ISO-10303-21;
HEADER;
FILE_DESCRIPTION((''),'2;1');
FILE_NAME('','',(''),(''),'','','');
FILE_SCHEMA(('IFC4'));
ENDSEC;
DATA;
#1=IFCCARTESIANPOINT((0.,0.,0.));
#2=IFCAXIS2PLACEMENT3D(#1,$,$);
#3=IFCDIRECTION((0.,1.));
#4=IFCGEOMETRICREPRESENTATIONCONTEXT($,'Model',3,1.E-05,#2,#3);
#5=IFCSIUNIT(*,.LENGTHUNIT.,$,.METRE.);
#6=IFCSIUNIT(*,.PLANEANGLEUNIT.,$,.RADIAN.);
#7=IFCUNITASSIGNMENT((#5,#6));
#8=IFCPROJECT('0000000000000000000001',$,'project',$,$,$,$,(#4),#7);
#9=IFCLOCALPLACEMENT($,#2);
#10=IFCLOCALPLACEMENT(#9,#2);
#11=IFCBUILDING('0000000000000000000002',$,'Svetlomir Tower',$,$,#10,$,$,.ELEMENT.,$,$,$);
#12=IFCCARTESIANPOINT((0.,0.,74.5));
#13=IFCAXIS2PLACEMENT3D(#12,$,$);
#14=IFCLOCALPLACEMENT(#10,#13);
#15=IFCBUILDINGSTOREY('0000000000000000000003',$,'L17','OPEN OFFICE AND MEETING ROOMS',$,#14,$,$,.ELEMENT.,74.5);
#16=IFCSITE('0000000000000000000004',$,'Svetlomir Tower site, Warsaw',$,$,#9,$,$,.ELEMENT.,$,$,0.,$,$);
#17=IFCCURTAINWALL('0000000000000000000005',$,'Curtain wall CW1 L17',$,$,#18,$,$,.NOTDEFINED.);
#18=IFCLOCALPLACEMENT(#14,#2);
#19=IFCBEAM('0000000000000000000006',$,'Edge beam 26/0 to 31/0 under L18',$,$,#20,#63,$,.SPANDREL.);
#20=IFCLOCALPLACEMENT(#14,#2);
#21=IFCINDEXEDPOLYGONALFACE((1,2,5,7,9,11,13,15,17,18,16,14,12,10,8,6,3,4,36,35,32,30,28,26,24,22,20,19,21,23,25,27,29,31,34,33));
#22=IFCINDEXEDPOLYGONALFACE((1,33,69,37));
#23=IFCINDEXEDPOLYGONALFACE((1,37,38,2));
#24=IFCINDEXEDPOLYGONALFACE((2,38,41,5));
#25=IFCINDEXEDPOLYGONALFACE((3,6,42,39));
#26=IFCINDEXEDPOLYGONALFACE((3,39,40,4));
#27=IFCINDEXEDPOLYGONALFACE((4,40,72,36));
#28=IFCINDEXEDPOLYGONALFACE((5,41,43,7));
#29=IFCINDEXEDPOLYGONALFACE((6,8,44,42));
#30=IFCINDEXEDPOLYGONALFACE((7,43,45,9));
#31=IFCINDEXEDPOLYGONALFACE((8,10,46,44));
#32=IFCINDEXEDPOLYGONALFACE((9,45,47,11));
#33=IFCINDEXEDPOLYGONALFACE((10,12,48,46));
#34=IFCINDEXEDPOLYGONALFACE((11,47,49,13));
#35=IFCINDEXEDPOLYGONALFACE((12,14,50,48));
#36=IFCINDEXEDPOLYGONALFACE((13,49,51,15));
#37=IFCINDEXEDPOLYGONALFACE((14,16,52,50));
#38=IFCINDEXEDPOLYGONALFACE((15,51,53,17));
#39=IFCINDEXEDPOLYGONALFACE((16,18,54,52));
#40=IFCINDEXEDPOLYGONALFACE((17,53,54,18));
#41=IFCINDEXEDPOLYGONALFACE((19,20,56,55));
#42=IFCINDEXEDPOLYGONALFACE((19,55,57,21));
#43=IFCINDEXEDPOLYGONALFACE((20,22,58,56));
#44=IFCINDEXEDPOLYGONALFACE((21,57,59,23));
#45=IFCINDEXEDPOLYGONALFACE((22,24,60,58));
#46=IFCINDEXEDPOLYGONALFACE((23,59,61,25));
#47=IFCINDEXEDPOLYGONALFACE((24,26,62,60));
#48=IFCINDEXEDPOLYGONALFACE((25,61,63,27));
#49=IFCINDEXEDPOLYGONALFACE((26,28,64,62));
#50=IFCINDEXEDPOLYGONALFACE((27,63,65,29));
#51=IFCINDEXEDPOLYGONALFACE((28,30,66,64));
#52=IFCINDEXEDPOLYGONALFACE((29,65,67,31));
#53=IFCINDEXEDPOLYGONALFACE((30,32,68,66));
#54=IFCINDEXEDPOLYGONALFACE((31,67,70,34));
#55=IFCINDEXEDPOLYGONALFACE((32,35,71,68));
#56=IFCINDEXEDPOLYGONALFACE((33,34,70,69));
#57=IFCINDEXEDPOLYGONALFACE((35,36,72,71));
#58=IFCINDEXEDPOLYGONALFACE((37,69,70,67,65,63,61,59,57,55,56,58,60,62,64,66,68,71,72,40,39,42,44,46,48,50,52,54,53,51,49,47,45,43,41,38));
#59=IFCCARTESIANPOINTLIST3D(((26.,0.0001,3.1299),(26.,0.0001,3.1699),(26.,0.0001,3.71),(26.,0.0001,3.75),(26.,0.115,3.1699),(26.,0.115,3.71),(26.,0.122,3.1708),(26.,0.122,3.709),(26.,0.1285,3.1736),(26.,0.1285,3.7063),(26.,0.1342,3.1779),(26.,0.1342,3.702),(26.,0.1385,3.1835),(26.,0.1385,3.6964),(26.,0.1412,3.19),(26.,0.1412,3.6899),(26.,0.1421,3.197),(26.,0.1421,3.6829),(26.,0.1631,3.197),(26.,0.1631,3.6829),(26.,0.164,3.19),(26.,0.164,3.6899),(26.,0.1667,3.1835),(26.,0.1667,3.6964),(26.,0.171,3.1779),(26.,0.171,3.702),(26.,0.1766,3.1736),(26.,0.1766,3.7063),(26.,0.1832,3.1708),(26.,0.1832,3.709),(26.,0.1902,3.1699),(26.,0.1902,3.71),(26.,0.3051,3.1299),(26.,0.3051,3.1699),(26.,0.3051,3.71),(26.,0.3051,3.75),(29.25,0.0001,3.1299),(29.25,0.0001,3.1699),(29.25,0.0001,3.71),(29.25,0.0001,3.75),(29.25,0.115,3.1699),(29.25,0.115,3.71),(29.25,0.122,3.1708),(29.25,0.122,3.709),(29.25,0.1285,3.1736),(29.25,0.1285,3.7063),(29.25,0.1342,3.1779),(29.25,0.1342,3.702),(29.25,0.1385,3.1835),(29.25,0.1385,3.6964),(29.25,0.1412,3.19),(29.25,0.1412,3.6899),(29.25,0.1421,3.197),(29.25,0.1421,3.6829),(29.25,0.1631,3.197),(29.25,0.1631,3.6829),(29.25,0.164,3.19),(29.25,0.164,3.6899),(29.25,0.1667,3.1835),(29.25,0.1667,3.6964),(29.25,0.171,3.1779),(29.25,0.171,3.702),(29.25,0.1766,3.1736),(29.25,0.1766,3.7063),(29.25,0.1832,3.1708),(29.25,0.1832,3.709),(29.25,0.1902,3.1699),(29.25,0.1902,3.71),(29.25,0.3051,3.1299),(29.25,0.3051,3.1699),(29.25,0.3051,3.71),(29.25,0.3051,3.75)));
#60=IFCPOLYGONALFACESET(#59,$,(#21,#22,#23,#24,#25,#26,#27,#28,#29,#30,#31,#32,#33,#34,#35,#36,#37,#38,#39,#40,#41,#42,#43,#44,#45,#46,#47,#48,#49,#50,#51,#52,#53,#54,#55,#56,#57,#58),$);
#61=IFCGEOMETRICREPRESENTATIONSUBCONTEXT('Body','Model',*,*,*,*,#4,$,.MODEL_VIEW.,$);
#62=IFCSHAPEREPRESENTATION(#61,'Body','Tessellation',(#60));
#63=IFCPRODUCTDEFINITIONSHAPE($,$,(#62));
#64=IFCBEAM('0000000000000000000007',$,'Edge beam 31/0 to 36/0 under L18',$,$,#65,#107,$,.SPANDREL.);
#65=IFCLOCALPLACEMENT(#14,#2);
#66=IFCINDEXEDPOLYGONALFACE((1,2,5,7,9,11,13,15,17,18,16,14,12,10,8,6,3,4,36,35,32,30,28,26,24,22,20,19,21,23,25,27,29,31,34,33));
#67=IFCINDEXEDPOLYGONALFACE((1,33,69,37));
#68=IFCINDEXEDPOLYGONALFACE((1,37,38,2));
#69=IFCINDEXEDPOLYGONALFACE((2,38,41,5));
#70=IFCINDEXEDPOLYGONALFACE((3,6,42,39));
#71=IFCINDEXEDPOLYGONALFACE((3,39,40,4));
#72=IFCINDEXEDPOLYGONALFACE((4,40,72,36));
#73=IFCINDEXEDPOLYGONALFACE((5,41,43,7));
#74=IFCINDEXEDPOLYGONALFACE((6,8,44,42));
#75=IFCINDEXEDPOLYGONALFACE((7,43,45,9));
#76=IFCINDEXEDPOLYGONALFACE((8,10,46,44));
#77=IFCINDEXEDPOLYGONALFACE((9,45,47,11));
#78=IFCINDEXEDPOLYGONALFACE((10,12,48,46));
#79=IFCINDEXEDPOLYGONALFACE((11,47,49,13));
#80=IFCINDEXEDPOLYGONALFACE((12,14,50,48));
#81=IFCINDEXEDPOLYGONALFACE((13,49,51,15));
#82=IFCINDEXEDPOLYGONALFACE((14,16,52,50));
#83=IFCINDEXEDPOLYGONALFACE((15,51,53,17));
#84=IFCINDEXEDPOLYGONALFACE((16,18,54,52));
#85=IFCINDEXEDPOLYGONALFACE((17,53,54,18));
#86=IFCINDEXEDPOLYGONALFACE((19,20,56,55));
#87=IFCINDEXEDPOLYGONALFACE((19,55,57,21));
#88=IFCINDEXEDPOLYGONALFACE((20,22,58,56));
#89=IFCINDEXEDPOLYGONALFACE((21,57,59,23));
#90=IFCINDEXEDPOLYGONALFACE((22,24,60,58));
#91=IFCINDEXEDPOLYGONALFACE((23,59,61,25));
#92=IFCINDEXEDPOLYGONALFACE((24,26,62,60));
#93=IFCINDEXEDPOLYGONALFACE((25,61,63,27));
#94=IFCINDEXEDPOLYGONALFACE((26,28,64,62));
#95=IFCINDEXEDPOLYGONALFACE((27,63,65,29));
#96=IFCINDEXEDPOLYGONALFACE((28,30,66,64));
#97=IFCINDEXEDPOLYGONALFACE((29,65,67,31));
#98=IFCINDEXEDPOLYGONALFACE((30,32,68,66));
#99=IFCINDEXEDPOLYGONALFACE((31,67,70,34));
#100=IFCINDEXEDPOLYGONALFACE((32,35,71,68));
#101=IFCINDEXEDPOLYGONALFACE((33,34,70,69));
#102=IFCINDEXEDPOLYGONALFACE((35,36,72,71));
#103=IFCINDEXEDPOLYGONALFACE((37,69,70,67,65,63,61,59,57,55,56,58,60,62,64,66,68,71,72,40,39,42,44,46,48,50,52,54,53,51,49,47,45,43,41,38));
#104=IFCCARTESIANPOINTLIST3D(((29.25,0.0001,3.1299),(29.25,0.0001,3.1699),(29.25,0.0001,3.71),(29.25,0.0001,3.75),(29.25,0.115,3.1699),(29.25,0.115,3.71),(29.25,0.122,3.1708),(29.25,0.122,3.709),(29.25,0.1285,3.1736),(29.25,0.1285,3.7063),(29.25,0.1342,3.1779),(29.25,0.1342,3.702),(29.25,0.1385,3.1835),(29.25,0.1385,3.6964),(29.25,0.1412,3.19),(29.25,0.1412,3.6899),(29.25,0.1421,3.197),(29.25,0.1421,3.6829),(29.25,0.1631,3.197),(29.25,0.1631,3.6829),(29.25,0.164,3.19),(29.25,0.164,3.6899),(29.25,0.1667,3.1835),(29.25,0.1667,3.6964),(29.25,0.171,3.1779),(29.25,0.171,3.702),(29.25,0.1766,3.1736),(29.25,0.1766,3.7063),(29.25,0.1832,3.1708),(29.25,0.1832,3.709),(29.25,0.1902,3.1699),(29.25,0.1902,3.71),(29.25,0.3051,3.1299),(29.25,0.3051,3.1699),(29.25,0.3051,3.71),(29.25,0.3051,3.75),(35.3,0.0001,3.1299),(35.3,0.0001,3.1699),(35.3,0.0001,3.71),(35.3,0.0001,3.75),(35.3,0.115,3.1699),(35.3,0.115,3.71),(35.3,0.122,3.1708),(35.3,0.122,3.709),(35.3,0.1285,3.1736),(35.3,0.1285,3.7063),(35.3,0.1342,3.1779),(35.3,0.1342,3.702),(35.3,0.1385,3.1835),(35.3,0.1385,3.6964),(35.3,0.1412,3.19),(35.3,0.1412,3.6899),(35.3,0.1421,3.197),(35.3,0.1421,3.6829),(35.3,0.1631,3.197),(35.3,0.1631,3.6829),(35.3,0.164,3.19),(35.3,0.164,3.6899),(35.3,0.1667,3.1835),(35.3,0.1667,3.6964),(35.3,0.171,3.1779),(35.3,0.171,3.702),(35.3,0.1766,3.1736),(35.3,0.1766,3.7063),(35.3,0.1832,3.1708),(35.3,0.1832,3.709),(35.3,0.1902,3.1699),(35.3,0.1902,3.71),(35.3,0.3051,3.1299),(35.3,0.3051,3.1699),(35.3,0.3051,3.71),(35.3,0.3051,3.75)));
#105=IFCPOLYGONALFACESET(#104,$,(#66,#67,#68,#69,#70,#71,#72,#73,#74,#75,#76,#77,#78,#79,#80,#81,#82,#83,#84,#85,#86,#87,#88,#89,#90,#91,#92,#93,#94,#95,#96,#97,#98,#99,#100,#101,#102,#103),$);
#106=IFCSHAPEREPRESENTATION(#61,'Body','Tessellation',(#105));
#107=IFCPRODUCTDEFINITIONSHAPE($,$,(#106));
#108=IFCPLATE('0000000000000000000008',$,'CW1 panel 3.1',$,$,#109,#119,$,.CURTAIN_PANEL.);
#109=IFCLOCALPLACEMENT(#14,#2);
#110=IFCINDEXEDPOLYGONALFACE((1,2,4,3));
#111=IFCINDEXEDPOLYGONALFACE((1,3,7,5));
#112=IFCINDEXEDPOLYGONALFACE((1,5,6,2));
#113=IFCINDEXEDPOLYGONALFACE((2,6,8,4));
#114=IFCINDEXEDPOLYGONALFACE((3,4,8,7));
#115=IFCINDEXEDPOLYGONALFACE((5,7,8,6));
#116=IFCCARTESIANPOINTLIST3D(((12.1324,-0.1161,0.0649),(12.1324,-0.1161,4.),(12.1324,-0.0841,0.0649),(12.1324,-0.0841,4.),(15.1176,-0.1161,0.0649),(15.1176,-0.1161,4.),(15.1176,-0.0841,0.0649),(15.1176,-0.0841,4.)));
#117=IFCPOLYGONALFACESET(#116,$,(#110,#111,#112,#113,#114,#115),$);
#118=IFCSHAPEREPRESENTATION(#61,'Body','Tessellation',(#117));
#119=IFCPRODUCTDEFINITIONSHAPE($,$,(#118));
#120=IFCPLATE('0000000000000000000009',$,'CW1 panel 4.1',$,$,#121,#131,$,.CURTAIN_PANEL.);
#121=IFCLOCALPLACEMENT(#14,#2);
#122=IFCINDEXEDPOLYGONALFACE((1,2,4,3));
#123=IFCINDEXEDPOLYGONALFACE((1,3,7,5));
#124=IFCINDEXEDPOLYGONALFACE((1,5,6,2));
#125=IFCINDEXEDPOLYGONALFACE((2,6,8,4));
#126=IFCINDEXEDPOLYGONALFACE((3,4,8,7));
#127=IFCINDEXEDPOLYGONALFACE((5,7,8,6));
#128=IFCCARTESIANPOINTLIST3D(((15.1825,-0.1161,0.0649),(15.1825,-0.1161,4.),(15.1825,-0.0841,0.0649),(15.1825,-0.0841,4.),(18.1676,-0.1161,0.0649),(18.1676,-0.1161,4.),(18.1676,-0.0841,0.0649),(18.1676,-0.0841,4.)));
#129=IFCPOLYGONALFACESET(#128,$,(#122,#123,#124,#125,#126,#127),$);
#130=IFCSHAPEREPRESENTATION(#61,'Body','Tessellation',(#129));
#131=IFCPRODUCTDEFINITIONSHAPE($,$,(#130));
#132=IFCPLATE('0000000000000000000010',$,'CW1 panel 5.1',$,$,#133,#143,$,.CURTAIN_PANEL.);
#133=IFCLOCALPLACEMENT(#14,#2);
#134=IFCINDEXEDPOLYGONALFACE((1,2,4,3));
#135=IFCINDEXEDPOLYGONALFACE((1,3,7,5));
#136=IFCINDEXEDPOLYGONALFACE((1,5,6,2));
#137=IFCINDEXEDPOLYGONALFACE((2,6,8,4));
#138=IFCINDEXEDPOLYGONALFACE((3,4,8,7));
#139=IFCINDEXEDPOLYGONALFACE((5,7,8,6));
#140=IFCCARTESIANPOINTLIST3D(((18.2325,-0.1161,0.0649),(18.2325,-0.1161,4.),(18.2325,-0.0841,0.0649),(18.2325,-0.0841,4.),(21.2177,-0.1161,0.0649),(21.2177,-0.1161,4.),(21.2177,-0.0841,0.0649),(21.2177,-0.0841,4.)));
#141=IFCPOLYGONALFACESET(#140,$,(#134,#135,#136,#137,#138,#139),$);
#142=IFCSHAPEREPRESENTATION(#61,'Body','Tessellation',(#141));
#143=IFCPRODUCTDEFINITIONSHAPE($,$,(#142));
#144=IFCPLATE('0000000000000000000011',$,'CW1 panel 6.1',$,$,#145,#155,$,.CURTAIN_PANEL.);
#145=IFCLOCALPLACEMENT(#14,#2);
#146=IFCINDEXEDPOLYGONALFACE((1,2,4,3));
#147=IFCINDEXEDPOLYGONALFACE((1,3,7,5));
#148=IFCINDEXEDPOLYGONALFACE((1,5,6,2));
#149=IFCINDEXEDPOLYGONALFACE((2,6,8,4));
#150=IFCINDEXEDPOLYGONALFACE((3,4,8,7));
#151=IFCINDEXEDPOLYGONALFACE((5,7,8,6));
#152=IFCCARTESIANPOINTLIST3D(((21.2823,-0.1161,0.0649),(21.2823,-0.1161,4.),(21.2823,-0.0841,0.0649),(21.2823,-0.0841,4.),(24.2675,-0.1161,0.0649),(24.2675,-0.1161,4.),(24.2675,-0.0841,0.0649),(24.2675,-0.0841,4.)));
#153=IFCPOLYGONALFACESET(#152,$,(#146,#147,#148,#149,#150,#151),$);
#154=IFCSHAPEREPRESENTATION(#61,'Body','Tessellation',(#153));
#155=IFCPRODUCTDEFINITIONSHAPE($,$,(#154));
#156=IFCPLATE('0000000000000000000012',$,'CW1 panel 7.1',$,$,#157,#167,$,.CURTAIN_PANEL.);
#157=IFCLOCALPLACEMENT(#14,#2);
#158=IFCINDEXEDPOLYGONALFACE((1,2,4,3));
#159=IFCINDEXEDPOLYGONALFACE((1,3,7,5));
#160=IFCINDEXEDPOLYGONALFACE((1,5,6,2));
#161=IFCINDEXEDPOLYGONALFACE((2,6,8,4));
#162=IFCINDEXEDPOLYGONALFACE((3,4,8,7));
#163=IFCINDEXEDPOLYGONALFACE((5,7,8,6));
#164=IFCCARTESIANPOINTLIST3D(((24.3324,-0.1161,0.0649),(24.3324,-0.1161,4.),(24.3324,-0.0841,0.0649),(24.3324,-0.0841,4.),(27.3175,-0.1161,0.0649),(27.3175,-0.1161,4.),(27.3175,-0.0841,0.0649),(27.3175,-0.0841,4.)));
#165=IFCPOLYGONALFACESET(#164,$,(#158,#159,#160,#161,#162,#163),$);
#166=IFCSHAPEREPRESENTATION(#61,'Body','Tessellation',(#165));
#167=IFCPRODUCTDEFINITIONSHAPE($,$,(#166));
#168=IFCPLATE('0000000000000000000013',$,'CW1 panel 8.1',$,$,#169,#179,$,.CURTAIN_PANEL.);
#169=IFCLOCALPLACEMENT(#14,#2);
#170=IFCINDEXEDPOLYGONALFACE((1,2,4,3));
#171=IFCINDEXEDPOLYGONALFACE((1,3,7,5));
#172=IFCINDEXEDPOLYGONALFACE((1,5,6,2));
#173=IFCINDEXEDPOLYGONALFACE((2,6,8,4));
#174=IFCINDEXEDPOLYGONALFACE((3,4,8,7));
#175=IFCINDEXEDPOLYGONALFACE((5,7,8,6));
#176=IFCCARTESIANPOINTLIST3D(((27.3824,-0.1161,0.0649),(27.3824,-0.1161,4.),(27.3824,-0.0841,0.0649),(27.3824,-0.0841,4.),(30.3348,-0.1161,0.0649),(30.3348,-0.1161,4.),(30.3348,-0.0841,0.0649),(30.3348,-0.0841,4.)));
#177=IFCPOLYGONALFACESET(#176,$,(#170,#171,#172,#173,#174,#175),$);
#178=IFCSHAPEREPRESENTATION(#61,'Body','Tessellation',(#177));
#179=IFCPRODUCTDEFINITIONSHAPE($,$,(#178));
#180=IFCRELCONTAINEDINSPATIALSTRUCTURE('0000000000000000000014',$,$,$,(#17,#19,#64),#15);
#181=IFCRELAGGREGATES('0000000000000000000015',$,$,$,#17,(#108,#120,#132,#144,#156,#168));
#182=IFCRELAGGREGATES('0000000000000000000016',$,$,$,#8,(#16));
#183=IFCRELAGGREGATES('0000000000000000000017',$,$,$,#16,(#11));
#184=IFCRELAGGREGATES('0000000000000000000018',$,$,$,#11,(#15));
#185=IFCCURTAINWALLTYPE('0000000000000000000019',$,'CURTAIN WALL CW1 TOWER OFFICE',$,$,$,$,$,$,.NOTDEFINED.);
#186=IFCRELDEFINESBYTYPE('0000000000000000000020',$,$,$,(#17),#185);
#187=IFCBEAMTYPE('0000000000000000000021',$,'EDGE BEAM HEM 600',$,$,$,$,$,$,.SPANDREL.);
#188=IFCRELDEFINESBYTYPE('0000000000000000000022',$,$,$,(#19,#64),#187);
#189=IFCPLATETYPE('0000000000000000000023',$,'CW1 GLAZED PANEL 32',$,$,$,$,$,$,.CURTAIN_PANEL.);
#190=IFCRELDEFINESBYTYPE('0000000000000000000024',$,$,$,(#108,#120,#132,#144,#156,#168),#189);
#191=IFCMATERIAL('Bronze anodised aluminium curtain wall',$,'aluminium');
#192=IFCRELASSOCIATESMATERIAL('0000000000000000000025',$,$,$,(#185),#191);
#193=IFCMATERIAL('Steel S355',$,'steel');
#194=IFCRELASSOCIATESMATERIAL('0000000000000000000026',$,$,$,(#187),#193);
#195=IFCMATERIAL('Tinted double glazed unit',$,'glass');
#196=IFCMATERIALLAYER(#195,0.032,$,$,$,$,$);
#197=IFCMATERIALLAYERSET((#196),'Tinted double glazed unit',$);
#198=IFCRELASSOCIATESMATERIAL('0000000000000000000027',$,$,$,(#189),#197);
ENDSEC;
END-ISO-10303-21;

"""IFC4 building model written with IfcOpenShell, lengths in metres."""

from ifc_helpers import new_model, si_unit, direction, frame, origin, origin_2d, place, context, subcontext, project, spatial, rectangle, i_section, extrude, material, layer, layer_set, material_profile, profile_set, type_object, element, aggregate, save


model = new_model("IFC4")

# Units and contexts
model_context = context("Model", 3, precision=1e-05, world=origin(), true_north=direction((0.0, 1.0)))
body_context = subcontext(model_context, "Body", "Model", "MODEL_VIEW")
ifc_project = project(units=[si_unit("LENGTHUNIT", "METRE"), si_unit("PLANEANGLEUNIT", "RADIAN")], contexts=[model_context])

# Site, building, storey
site_placement = place(None, origin())
site = spatial("IfcSite", under=ifc_project, at=site_placement, Name="Svetlomir Tower site, Warsaw", CompositionType="ELEMENT", RefElevation=0.0)
building_placement = place(site_placement, origin())
building = spatial("IfcBuilding", under=site, at=building_placement, Name="Svetlomir Tower", CompositionType="ELEMENT")
storey_placement = place(building_placement, frame((0.0, 0.0, 74.5)))
storey = spatial("IfcBuildingStorey", under=building, at=storey_placement, Name="L17", Description="OPEN OFFICE AND MEETING ROOMS", CompositionType="ELEMENT", Elevation=74.5)

# Curtain wall
ifc_material_1 = material(Name="Bronze anodised aluminium curtain wall", Category="aluminium")
curtain_wall_type = type_object("IfcCurtainWallType", Name="CURTAIN WALL CW1 TOWER OFFICE", PredefinedType="NOTDEFINED", material=ifc_material_1)
curtain_wall_placement = place(storey_placement, origin())
curtain_wall = element("IfcCurtainWall", 1, at=curtain_wall_placement, inside=storey, type_object=curtain_wall_type, Name="Curtain wall CW1 L17", PredefinedType="NOTDEFINED")

# Beams
ifc_material_2 = material(Name="Steel S355", Category="steel")
ifc_material_profile_1 = material_profile(ifc_material_2, i_section(OverallWidth=0.3049, OverallDepth=0.6201, WebThickness=0.021, FlangeThickness=0.04, FilletRadius=0.0271, at=origin_2d()), Name="HEM 600")
ifc_profile_set_1 = profile_set([ifc_material_profile_1], Name="Steel S355")
beam_type_1 = type_object("IfcBeamType", Name="EDGE BEAM HEM 600", PredefinedType="SPANDREL", material=ifc_profile_set_1)
beam_1_placement = place(storey_placement, frame((26.0, 0.1526, 3.4399), z_axis=(1.0, 0.0, 0.0), x_axis=(0.0, 1.0, 0.0)))
element("IfcBeam", 2, at=beam_1_placement, inside=storey, type_object=beam_type_1, Name="Edge beam 26/0 to 31/0 under L18", PredefinedType="SPANDREL", context=body_context, shape_type="SweptSolid", body=[
    extrude(i_section(OverallWidth=0.3049, OverallDepth=0.6201, WebThickness=0.021, FlangeThickness=0.04, FilletRadius=0.0271, at=origin_2d()), origin(), (0.0, 0.0, 1.0), 3.25),
])
beam_2_placement = place(storey_placement, frame((29.25, 0.1526, 3.4399), z_axis=(1.0, 0.0, 0.0), x_axis=(0.0, 1.0, 0.0)))
element("IfcBeam", 3, at=beam_2_placement, inside=storey, type_object=beam_type_1, Name="Edge beam 31/0 to 36/0 under L18", PredefinedType="SPANDREL", context=body_context, shape_type="SweptSolid", body=[
    extrude(i_section(OverallWidth=0.3049, OverallDepth=0.6201, WebThickness=0.021, FlangeThickness=0.04, FilletRadius=0.0271, at=origin_2d()), origin(), (0.0, 0.0, 1.0), 6.05),
])

# Plates
ifc_material_3 = material(Name="Tinted double glazed unit", Category="glass")
ifc_layer_1 = layer(ifc_material_3, 0.032)
ifc_layer_set_1 = layer_set([ifc_layer_1], Name="Tinted double glazed unit")
plate_type = type_object("IfcPlateType", Name="CW1 GLAZED PANEL 32", PredefinedType="CURTAIN_PANEL", material=ifc_layer_set_1)
plate_1_placement = place(storey_placement, frame((13.625, -0.1001, 0.0649), z_axis=(0.0, 0.0, 1.0), x_axis=(1.0, 0.0, 0.0)))
plate_1 = element("IfcPlate", 4, at=plate_1_placement, type_object=plate_type, Name="CW1 panel 3.1", PredefinedType="CURTAIN_PANEL", context=body_context, shape_type="SweptSolid", body=[
    extrude(rectangle(XDim=2.9851, YDim=0.032, at=origin_2d()), origin(), (0.0, 0.0, 1.0), 3.9351),
])
plate_2_placement = place(storey_placement, frame((16.675, -0.1001, 0.0649), z_axis=(0.0, 0.0, 1.0), x_axis=(1.0, 0.0, 0.0)))
plate_2 = element("IfcPlate", 5, at=plate_2_placement, type_object=plate_type, Name="CW1 panel 4.1", PredefinedType="CURTAIN_PANEL", context=body_context, shape_type="SweptSolid", body=[
    extrude(rectangle(XDim=2.9851, YDim=0.032, at=origin_2d()), origin(), (0.0, 0.0, 1.0), 3.9351),
])
plate_3_placement = place(storey_placement, frame((19.7251, -0.1001, 0.0649), z_axis=(0.0, 0.0, 1.0), x_axis=(1.0, 0.0, 0.0)))
plate_3 = element("IfcPlate", 6, at=plate_3_placement, type_object=plate_type, Name="CW1 panel 5.1", PredefinedType="CURTAIN_PANEL", context=body_context, shape_type="SweptSolid", body=[
    extrude(rectangle(XDim=2.9851, YDim=0.032, at=origin_2d()), origin(), (0.0, 0.0, 1.0), 3.9351),
])
plate_4_placement = place(storey_placement, frame((22.7749, -0.1001, 0.0649), z_axis=(0.0, 0.0, 1.0), x_axis=(1.0, 0.0, 0.0)))
plate_4 = element("IfcPlate", 7, at=plate_4_placement, type_object=plate_type, Name="CW1 panel 6.1", PredefinedType="CURTAIN_PANEL", context=body_context, shape_type="SweptSolid", body=[
    extrude(rectangle(XDim=2.9851, YDim=0.032, at=origin_2d()), origin(), (0.0, 0.0, 1.0), 3.9351),
])
plate_5_placement = place(storey_placement, frame((25.825, -0.1001, 0.0649), z_axis=(0.0, 0.0, 1.0), x_axis=(1.0, 0.0, 0.0)))
plate_5 = element("IfcPlate", 8, at=plate_5_placement, type_object=plate_type, Name="CW1 panel 7.1", PredefinedType="CURTAIN_PANEL", context=body_context, shape_type="SweptSolid", body=[
    extrude(rectangle(XDim=2.9851, YDim=0.032, at=origin_2d()), origin(), (0.0, 0.0, 1.0), 3.9351),
])
plate_6_placement = place(storey_placement, frame((28.8586, -0.1001, 0.0649), z_axis=(0.0, 0.0, 1.0), x_axis=(1.0, 0.0, 0.0)))
plate_6 = element("IfcPlate", 9, at=plate_6_placement, type_object=plate_type, Name="CW1 panel 8.1", PredefinedType="CURTAIN_PANEL", context=body_context, shape_type="SweptSolid", body=[
    extrude(rectangle(XDim=2.9524, YDim=0.032, at=origin_2d()), origin(), (0.0, 0.0, 1.0), 3.9351),
])
aggregate(curtain_wall, [plate_1, plate_2, plate_3, plate_4, plate_5, plate_6])

save(model, "model.ifc")
